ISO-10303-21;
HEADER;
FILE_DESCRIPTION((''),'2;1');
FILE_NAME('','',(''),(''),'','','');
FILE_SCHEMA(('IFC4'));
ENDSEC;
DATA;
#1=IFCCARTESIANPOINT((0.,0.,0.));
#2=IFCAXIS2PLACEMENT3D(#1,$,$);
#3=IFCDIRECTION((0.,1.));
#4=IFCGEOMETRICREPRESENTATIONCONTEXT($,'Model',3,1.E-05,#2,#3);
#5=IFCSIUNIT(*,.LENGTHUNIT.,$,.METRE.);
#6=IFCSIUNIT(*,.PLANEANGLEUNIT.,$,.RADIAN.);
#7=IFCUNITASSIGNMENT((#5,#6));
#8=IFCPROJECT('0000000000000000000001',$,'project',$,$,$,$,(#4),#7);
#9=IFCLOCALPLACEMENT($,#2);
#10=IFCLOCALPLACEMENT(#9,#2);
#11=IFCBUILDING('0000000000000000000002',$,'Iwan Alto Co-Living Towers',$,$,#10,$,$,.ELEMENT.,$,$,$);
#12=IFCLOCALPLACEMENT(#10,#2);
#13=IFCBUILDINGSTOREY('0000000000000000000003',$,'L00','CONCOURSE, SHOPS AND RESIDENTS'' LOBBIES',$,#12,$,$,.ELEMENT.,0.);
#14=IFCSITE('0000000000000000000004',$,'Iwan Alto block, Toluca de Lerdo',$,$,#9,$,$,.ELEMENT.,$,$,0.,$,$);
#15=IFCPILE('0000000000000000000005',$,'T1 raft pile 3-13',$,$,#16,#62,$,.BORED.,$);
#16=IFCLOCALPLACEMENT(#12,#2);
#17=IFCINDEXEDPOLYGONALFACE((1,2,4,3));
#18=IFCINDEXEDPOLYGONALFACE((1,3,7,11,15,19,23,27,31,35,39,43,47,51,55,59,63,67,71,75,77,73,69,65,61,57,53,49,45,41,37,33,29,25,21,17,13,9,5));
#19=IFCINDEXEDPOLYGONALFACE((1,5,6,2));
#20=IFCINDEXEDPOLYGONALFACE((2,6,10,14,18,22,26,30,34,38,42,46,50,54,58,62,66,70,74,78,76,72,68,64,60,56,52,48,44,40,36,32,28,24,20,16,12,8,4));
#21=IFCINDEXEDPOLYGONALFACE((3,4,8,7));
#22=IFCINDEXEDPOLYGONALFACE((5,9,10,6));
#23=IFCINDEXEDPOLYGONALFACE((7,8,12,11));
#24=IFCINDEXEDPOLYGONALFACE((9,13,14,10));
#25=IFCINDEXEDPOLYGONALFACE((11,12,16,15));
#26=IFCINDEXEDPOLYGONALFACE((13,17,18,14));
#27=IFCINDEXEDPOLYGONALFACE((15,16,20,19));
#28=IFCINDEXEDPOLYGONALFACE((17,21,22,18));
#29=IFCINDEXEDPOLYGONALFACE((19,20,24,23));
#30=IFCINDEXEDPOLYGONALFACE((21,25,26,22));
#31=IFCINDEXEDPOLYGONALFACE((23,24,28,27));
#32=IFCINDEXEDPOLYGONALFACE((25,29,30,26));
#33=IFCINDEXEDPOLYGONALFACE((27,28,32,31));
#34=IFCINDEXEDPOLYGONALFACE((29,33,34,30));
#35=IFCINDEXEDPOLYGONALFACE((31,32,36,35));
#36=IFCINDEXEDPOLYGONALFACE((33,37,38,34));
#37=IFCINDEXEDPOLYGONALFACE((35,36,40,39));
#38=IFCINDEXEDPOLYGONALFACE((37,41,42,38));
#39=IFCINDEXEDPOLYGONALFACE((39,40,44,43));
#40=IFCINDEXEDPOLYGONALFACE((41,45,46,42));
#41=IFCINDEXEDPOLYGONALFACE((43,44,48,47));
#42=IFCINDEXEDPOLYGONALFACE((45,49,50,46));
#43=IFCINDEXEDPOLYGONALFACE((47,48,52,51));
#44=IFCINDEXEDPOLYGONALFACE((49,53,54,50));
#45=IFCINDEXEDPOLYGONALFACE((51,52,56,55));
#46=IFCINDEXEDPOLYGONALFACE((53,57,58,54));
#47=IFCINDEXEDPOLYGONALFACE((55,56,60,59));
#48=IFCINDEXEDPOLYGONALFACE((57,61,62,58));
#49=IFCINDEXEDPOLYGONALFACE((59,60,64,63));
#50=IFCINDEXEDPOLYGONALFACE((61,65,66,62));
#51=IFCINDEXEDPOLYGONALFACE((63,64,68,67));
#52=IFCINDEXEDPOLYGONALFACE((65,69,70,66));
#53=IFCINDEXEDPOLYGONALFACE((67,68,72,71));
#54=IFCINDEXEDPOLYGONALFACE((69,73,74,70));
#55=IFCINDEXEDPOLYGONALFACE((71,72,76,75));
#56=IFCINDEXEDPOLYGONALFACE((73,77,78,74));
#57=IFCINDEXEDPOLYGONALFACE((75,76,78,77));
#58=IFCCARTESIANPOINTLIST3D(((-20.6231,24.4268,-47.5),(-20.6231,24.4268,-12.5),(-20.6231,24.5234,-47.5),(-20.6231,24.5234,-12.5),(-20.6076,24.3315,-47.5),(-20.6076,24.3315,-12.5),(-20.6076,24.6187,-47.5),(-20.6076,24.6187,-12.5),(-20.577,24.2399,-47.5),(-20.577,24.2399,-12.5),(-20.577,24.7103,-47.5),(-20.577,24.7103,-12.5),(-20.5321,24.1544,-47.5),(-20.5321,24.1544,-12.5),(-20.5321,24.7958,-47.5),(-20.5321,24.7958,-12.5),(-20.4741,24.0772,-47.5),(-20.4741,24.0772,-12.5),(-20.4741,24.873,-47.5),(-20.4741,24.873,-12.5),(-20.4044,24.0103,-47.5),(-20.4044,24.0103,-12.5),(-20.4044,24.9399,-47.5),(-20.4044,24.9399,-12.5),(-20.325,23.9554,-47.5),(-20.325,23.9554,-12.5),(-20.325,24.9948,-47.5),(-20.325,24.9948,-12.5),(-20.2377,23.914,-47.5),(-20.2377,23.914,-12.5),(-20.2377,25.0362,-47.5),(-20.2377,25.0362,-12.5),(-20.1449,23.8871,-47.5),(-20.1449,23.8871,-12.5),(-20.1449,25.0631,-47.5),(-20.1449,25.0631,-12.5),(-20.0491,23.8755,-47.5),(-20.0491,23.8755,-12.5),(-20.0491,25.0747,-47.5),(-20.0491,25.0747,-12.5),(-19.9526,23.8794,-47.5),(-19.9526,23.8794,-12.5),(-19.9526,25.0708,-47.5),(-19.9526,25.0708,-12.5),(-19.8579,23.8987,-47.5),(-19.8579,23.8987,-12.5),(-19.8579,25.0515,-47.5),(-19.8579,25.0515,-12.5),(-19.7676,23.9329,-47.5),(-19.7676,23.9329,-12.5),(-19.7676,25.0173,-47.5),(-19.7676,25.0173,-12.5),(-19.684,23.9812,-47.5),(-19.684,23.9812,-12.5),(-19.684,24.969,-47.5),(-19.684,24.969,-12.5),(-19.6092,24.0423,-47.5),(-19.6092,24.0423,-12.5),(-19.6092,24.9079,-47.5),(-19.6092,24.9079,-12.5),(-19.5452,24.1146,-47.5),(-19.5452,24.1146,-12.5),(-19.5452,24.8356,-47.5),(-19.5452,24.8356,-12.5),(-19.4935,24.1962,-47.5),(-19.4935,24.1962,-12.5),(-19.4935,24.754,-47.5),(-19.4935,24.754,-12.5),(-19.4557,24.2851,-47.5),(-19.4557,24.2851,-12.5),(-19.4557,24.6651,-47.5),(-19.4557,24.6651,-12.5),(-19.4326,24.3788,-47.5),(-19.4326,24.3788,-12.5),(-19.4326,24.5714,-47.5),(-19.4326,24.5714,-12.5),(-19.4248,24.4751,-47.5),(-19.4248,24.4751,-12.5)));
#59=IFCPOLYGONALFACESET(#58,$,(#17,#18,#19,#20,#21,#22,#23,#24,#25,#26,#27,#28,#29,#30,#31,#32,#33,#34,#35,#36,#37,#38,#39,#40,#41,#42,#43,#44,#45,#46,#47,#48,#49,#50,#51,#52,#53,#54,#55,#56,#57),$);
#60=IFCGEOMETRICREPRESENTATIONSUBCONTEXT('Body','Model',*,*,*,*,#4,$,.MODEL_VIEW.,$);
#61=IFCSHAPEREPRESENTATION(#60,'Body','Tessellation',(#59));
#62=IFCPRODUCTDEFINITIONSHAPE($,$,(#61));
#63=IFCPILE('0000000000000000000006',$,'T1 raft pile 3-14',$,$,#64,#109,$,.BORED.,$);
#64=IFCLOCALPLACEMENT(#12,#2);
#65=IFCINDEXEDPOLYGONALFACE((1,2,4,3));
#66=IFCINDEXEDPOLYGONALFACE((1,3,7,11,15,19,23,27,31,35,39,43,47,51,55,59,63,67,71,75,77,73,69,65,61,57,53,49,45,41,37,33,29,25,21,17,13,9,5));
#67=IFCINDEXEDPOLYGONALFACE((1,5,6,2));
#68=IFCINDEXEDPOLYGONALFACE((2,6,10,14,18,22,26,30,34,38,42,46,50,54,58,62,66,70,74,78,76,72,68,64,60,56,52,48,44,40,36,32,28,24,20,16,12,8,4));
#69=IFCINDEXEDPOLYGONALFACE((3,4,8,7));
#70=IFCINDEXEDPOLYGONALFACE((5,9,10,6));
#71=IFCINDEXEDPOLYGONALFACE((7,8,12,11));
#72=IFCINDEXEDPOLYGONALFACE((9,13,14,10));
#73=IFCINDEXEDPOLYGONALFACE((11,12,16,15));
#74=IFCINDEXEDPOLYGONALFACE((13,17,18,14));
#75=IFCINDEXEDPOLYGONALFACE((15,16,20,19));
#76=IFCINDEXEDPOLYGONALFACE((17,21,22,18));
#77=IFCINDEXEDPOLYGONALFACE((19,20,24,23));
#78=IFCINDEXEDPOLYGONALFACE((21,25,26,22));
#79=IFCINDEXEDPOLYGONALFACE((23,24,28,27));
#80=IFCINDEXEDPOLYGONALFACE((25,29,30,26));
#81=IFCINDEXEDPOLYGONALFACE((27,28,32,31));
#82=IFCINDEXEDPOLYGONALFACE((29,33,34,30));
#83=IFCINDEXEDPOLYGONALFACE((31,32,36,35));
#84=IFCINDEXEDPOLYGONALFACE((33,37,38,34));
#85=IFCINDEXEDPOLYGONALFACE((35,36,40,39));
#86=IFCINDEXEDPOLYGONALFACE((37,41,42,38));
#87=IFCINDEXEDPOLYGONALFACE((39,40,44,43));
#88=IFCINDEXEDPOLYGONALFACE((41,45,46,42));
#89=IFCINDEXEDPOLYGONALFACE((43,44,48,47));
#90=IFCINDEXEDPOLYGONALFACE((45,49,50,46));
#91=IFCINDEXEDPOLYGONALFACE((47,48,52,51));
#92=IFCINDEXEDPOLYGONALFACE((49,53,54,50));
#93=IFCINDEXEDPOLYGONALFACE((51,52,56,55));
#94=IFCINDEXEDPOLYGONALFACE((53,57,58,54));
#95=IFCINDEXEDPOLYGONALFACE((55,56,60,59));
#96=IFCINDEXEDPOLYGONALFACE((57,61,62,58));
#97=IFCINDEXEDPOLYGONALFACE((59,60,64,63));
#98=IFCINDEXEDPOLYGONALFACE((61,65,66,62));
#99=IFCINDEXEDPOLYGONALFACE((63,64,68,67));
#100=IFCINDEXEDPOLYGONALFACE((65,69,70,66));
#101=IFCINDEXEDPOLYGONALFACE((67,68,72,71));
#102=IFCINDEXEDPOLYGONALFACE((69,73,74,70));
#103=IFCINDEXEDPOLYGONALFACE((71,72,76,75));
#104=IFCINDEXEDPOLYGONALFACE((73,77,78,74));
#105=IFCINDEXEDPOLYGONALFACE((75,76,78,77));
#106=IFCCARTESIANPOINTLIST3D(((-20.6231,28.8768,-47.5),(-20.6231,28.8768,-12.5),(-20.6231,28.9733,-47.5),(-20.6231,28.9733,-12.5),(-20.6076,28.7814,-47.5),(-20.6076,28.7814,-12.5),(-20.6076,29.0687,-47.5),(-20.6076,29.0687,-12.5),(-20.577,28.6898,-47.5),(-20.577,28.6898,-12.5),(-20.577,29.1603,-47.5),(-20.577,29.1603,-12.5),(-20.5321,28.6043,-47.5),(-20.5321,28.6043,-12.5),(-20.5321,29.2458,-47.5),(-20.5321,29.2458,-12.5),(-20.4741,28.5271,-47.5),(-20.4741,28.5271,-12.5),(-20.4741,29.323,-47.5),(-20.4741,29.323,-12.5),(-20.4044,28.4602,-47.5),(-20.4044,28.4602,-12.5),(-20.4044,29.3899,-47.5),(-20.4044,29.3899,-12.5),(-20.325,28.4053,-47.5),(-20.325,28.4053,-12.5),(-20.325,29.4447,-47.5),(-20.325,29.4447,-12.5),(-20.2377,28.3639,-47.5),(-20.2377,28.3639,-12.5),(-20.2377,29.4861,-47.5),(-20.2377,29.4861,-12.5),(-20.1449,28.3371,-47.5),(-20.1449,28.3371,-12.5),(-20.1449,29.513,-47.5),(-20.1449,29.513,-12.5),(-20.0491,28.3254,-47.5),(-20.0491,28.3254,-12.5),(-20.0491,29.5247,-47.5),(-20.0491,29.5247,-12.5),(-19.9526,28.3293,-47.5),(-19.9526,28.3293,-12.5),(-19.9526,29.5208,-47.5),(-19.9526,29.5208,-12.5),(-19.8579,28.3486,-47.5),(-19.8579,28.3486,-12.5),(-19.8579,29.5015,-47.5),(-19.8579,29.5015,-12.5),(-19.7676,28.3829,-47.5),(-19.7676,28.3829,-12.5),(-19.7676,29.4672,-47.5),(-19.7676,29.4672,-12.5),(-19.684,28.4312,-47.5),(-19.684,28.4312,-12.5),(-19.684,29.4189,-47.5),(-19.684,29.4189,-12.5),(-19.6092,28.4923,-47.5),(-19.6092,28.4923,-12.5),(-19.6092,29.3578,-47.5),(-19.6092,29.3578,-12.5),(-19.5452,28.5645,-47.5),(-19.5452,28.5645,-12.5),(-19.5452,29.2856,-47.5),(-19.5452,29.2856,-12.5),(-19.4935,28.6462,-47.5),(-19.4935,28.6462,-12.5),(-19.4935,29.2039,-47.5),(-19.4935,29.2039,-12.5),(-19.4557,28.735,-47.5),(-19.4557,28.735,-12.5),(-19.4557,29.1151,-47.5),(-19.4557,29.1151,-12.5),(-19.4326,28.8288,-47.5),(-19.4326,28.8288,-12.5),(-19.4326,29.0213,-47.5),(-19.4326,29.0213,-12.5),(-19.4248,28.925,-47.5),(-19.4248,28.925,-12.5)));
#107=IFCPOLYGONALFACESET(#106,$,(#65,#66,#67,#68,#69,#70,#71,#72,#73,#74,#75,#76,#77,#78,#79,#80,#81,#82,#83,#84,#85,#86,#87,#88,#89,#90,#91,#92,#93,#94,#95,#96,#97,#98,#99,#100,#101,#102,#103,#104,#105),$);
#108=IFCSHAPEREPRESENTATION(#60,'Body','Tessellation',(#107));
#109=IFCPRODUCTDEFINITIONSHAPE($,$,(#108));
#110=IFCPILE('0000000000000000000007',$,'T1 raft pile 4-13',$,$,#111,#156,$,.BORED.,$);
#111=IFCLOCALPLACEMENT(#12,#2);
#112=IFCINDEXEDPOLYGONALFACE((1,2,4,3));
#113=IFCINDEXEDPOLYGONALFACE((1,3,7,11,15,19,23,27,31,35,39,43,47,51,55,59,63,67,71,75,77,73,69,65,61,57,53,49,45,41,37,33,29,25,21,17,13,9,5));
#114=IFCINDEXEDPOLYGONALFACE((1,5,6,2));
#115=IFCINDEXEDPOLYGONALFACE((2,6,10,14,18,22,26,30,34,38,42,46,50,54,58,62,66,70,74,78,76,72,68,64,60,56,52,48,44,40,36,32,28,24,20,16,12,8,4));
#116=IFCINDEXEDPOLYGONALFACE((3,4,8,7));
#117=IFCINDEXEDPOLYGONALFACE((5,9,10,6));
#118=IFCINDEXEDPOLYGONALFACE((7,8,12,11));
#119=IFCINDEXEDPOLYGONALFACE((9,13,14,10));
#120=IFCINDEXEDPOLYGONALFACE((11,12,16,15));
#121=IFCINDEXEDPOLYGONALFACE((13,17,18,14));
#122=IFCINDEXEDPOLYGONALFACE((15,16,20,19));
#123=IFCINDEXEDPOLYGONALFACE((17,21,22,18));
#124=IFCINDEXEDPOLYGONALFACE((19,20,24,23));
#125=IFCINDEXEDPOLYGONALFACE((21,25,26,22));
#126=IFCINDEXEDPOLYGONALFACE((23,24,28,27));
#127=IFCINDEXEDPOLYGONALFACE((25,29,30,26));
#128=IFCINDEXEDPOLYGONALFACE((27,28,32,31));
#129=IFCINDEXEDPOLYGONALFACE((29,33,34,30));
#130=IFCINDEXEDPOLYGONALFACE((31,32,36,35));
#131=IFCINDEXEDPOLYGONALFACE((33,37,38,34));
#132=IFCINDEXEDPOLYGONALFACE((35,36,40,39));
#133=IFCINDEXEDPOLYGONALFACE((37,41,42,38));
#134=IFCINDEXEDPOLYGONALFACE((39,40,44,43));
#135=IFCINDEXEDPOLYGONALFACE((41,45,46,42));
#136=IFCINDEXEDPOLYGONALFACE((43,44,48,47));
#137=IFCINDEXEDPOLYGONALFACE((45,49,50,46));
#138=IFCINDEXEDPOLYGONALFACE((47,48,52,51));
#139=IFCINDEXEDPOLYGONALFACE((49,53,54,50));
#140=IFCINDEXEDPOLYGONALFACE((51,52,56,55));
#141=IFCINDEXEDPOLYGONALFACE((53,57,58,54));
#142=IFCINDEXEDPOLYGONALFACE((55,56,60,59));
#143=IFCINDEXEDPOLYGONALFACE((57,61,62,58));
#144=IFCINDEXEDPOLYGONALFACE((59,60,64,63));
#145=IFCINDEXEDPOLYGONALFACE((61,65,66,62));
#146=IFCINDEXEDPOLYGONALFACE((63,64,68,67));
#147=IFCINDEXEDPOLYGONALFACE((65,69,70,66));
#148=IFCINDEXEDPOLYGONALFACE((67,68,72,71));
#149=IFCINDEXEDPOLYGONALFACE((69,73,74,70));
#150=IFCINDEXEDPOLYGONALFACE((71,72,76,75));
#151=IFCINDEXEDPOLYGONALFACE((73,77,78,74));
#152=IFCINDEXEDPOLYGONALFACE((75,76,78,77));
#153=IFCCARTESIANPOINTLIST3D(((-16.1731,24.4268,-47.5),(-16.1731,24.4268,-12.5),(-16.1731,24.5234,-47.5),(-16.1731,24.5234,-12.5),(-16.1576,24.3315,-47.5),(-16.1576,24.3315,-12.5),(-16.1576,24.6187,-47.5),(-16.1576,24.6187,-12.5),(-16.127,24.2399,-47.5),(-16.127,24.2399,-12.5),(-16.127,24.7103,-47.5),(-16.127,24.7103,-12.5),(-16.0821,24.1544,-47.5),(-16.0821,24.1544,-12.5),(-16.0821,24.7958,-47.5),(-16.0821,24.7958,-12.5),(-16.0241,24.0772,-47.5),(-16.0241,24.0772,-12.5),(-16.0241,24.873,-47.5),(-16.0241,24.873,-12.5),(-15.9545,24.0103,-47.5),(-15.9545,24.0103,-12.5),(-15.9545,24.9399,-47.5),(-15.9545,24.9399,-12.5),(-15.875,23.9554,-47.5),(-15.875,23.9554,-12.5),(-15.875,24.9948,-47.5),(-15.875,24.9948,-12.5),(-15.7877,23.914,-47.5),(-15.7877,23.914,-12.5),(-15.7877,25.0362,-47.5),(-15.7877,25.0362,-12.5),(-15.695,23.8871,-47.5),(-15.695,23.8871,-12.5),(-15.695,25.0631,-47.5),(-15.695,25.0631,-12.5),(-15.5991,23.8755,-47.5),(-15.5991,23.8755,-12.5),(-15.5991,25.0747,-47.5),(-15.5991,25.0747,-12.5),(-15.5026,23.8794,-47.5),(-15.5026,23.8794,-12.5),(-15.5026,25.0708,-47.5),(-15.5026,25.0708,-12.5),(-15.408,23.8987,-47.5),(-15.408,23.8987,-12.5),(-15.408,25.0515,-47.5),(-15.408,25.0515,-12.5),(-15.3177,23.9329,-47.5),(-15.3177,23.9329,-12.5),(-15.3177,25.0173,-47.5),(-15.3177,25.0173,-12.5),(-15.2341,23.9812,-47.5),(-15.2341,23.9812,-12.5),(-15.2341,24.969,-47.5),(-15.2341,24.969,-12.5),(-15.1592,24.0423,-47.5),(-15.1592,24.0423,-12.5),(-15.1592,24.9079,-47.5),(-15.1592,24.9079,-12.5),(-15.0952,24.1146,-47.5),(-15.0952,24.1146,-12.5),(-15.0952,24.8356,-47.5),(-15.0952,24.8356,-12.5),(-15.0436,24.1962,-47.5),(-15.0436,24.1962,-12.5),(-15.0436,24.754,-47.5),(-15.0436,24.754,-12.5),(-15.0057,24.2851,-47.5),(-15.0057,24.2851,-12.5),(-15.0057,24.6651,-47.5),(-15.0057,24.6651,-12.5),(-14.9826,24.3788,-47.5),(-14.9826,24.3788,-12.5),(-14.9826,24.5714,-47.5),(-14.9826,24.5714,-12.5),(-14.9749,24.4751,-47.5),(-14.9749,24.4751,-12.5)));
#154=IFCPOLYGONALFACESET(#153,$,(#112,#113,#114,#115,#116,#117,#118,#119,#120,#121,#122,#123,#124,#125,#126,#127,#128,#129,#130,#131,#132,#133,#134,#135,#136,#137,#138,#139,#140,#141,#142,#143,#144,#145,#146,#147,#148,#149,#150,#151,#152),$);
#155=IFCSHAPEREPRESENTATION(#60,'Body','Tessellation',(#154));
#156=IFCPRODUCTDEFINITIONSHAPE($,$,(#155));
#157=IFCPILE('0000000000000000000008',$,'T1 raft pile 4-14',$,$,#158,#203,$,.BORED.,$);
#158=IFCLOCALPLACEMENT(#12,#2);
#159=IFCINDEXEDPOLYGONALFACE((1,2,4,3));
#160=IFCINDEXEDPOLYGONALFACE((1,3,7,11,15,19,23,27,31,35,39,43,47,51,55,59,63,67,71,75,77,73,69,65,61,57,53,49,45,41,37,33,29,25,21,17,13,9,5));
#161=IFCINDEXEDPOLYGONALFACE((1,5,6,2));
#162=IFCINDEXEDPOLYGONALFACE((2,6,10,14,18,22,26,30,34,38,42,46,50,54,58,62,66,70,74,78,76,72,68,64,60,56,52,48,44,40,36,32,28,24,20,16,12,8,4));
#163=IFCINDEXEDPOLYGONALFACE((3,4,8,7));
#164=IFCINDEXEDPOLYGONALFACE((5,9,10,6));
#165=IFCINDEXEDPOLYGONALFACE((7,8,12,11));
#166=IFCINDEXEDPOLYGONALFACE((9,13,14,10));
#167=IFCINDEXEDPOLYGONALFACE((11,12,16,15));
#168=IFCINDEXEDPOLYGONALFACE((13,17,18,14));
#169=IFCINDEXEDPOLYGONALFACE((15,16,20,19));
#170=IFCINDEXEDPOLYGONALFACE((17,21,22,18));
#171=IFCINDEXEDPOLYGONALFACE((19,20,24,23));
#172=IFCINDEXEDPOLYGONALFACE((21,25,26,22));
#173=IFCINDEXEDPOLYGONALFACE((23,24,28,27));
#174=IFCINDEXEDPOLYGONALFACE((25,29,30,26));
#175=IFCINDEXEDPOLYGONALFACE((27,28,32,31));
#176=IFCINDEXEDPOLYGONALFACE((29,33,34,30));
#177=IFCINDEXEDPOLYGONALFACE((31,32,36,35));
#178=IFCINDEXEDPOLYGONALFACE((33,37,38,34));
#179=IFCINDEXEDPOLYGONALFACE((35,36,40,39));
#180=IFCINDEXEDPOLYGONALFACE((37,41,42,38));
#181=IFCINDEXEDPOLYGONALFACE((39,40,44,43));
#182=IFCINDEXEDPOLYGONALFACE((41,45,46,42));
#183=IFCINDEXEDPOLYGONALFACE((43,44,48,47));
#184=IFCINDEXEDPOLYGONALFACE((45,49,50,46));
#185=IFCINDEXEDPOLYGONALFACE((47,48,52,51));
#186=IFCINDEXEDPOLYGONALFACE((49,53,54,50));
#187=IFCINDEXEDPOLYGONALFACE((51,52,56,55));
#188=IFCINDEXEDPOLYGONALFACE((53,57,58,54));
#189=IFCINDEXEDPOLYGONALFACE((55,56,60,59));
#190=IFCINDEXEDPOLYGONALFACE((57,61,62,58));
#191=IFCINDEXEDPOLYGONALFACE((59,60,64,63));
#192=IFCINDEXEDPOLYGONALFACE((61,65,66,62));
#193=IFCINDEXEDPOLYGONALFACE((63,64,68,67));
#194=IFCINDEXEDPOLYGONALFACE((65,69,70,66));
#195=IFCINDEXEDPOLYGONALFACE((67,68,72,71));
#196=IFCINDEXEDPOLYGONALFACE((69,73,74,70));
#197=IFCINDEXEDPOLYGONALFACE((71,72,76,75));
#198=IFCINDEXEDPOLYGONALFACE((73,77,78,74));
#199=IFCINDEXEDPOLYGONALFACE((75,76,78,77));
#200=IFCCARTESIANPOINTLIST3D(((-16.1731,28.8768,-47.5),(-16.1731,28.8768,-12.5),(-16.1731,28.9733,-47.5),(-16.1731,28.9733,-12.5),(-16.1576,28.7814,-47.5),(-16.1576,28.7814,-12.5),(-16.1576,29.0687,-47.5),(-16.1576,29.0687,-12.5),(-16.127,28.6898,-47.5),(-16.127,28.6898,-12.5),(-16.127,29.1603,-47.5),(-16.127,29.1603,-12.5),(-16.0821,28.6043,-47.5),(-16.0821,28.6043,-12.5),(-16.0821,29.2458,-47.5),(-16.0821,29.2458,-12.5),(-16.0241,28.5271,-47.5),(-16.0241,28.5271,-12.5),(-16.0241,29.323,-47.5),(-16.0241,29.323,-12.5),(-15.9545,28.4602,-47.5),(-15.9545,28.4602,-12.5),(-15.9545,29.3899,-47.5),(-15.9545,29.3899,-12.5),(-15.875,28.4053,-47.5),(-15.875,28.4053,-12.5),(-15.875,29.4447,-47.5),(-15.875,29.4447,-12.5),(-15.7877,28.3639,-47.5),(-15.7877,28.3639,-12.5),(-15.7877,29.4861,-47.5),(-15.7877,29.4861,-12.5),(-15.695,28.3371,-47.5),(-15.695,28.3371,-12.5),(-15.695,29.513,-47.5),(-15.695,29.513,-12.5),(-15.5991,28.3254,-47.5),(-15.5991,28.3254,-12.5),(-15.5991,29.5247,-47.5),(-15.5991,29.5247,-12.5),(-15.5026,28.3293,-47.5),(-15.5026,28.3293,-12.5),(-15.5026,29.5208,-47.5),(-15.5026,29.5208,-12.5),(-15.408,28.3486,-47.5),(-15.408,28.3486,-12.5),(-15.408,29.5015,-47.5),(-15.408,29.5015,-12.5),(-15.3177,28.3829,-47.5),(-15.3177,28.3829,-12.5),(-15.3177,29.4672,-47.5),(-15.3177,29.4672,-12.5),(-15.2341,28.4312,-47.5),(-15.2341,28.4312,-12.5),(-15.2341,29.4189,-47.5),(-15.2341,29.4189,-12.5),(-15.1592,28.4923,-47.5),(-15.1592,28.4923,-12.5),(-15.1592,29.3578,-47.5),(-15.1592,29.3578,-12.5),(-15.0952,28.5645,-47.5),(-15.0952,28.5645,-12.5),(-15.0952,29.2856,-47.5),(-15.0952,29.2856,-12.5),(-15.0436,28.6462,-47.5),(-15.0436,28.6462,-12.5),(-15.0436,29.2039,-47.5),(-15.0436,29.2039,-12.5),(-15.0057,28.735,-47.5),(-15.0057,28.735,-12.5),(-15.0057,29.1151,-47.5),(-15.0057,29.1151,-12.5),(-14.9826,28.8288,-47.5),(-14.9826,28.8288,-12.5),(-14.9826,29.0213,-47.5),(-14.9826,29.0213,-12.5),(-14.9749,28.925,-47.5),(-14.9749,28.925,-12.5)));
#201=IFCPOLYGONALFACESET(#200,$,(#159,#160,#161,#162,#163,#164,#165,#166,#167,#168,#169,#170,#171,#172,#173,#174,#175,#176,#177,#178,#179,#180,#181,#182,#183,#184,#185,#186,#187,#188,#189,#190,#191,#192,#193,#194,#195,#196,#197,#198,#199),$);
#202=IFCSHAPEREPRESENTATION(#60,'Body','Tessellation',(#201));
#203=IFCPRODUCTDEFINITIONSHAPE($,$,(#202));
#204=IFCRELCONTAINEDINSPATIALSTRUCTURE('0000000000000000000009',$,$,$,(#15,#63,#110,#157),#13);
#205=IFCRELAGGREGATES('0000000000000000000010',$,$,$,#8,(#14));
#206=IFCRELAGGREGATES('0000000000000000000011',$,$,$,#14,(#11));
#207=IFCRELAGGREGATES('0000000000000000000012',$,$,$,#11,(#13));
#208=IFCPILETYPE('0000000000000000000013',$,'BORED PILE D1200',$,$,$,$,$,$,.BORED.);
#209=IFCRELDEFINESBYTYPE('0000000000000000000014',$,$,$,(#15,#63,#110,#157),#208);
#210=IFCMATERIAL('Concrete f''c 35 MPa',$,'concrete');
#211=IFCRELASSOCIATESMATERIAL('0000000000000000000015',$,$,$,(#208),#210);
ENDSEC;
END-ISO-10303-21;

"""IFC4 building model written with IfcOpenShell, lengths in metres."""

from ifc_helpers import new_model, si_unit, direction, frame, origin, origin_2d, place, context, subcontext, project, spatial, circle, extrude, material, material_profile, profile_set, type_object, element, save


model = new_model("IFC4")

# Units and contexts
model_context = context("Model", 3, precision=1e-05, world=origin(), true_north=direction((0.0, 1.0)))
body_context = subcontext(model_context, "Body", "Model", "MODEL_VIEW")
ifc_project = project(units=[si_unit("LENGTHUNIT", "METRE"), si_unit("PLANEANGLEUNIT", "RADIAN")], contexts=[model_context])

# Site, building, storey
site_placement = place(None, origin())
site = spatial("IfcSite", under=ifc_project, at=site_placement, Name="Iwan Alto block, Toluca de Lerdo", CompositionType="ELEMENT", RefElevation=0.0)
building_placement = place(site_placement, origin())
building = spatial("IfcBuilding", under=site, at=building_placement, Name="Iwan Alto Co-Living Towers", CompositionType="ELEMENT")
storey_placement = place(building_placement, origin())
storey = spatial("IfcBuildingStorey", under=building, at=storey_placement, Name="L00", Description="CONCOURSE, SHOPS AND RESIDENTS' LOBBIES", CompositionType="ELEMENT", Elevation=0.0)

# Piles
ifc_material_1 = material(Name="Concrete f'c 35 MPa", Category="concrete")
ifc_material_profile_1 = material_profile(ifc_material_1, circle(Radius=0.6001, at=origin_2d()), Name="D1200")
ifc_profile_set_1 = profile_set([ifc_material_profile_1], Name="Concrete f'c 35 MPa")
pile_type_1 = type_object("IfcPileType", Name="BORED PILE D1200", PredefinedType="BORED", material=ifc_profile_set_1)
for number, where, z_axis, x_axis, name in (
    (1, (-20.0249, 24.4751, -12.5), (0.0, 0.0, -1.0), (1.0, 0.0, 0.0), "T1 raft pile 3-13"),
    (2, (-20.0249, 28.925, -12.5), (0.0, 0.0, -1.0), (1.0, 0.0, 0.0), "T1 raft pile 3-14"),
    (3, (-15.575, 24.4751, -12.5), (0.0, 0.0, -1.0), (1.0, 0.0, 0.0), "T1 raft pile 4-13"),
    (4, (-15.575, 28.925, -12.5), (0.0, 0.0, -1.0), (1.0, 0.0, 0.0), "T1 raft pile 4-14"),
):
    element("IfcPile", number, at=place(storey_placement, frame(where, z_axis=z_axis, x_axis=x_axis)), inside=storey, type_object=pile_type_1, Name=name, PredefinedType="BORED", context=body_context, shape_type="SweptSolid", body=[
        extrude(circle(Radius=0.6001, at=origin_2d()), origin(), (0.0, 0.0, 1.0), 35.0),
    ])

save(model, "model.ifc")
